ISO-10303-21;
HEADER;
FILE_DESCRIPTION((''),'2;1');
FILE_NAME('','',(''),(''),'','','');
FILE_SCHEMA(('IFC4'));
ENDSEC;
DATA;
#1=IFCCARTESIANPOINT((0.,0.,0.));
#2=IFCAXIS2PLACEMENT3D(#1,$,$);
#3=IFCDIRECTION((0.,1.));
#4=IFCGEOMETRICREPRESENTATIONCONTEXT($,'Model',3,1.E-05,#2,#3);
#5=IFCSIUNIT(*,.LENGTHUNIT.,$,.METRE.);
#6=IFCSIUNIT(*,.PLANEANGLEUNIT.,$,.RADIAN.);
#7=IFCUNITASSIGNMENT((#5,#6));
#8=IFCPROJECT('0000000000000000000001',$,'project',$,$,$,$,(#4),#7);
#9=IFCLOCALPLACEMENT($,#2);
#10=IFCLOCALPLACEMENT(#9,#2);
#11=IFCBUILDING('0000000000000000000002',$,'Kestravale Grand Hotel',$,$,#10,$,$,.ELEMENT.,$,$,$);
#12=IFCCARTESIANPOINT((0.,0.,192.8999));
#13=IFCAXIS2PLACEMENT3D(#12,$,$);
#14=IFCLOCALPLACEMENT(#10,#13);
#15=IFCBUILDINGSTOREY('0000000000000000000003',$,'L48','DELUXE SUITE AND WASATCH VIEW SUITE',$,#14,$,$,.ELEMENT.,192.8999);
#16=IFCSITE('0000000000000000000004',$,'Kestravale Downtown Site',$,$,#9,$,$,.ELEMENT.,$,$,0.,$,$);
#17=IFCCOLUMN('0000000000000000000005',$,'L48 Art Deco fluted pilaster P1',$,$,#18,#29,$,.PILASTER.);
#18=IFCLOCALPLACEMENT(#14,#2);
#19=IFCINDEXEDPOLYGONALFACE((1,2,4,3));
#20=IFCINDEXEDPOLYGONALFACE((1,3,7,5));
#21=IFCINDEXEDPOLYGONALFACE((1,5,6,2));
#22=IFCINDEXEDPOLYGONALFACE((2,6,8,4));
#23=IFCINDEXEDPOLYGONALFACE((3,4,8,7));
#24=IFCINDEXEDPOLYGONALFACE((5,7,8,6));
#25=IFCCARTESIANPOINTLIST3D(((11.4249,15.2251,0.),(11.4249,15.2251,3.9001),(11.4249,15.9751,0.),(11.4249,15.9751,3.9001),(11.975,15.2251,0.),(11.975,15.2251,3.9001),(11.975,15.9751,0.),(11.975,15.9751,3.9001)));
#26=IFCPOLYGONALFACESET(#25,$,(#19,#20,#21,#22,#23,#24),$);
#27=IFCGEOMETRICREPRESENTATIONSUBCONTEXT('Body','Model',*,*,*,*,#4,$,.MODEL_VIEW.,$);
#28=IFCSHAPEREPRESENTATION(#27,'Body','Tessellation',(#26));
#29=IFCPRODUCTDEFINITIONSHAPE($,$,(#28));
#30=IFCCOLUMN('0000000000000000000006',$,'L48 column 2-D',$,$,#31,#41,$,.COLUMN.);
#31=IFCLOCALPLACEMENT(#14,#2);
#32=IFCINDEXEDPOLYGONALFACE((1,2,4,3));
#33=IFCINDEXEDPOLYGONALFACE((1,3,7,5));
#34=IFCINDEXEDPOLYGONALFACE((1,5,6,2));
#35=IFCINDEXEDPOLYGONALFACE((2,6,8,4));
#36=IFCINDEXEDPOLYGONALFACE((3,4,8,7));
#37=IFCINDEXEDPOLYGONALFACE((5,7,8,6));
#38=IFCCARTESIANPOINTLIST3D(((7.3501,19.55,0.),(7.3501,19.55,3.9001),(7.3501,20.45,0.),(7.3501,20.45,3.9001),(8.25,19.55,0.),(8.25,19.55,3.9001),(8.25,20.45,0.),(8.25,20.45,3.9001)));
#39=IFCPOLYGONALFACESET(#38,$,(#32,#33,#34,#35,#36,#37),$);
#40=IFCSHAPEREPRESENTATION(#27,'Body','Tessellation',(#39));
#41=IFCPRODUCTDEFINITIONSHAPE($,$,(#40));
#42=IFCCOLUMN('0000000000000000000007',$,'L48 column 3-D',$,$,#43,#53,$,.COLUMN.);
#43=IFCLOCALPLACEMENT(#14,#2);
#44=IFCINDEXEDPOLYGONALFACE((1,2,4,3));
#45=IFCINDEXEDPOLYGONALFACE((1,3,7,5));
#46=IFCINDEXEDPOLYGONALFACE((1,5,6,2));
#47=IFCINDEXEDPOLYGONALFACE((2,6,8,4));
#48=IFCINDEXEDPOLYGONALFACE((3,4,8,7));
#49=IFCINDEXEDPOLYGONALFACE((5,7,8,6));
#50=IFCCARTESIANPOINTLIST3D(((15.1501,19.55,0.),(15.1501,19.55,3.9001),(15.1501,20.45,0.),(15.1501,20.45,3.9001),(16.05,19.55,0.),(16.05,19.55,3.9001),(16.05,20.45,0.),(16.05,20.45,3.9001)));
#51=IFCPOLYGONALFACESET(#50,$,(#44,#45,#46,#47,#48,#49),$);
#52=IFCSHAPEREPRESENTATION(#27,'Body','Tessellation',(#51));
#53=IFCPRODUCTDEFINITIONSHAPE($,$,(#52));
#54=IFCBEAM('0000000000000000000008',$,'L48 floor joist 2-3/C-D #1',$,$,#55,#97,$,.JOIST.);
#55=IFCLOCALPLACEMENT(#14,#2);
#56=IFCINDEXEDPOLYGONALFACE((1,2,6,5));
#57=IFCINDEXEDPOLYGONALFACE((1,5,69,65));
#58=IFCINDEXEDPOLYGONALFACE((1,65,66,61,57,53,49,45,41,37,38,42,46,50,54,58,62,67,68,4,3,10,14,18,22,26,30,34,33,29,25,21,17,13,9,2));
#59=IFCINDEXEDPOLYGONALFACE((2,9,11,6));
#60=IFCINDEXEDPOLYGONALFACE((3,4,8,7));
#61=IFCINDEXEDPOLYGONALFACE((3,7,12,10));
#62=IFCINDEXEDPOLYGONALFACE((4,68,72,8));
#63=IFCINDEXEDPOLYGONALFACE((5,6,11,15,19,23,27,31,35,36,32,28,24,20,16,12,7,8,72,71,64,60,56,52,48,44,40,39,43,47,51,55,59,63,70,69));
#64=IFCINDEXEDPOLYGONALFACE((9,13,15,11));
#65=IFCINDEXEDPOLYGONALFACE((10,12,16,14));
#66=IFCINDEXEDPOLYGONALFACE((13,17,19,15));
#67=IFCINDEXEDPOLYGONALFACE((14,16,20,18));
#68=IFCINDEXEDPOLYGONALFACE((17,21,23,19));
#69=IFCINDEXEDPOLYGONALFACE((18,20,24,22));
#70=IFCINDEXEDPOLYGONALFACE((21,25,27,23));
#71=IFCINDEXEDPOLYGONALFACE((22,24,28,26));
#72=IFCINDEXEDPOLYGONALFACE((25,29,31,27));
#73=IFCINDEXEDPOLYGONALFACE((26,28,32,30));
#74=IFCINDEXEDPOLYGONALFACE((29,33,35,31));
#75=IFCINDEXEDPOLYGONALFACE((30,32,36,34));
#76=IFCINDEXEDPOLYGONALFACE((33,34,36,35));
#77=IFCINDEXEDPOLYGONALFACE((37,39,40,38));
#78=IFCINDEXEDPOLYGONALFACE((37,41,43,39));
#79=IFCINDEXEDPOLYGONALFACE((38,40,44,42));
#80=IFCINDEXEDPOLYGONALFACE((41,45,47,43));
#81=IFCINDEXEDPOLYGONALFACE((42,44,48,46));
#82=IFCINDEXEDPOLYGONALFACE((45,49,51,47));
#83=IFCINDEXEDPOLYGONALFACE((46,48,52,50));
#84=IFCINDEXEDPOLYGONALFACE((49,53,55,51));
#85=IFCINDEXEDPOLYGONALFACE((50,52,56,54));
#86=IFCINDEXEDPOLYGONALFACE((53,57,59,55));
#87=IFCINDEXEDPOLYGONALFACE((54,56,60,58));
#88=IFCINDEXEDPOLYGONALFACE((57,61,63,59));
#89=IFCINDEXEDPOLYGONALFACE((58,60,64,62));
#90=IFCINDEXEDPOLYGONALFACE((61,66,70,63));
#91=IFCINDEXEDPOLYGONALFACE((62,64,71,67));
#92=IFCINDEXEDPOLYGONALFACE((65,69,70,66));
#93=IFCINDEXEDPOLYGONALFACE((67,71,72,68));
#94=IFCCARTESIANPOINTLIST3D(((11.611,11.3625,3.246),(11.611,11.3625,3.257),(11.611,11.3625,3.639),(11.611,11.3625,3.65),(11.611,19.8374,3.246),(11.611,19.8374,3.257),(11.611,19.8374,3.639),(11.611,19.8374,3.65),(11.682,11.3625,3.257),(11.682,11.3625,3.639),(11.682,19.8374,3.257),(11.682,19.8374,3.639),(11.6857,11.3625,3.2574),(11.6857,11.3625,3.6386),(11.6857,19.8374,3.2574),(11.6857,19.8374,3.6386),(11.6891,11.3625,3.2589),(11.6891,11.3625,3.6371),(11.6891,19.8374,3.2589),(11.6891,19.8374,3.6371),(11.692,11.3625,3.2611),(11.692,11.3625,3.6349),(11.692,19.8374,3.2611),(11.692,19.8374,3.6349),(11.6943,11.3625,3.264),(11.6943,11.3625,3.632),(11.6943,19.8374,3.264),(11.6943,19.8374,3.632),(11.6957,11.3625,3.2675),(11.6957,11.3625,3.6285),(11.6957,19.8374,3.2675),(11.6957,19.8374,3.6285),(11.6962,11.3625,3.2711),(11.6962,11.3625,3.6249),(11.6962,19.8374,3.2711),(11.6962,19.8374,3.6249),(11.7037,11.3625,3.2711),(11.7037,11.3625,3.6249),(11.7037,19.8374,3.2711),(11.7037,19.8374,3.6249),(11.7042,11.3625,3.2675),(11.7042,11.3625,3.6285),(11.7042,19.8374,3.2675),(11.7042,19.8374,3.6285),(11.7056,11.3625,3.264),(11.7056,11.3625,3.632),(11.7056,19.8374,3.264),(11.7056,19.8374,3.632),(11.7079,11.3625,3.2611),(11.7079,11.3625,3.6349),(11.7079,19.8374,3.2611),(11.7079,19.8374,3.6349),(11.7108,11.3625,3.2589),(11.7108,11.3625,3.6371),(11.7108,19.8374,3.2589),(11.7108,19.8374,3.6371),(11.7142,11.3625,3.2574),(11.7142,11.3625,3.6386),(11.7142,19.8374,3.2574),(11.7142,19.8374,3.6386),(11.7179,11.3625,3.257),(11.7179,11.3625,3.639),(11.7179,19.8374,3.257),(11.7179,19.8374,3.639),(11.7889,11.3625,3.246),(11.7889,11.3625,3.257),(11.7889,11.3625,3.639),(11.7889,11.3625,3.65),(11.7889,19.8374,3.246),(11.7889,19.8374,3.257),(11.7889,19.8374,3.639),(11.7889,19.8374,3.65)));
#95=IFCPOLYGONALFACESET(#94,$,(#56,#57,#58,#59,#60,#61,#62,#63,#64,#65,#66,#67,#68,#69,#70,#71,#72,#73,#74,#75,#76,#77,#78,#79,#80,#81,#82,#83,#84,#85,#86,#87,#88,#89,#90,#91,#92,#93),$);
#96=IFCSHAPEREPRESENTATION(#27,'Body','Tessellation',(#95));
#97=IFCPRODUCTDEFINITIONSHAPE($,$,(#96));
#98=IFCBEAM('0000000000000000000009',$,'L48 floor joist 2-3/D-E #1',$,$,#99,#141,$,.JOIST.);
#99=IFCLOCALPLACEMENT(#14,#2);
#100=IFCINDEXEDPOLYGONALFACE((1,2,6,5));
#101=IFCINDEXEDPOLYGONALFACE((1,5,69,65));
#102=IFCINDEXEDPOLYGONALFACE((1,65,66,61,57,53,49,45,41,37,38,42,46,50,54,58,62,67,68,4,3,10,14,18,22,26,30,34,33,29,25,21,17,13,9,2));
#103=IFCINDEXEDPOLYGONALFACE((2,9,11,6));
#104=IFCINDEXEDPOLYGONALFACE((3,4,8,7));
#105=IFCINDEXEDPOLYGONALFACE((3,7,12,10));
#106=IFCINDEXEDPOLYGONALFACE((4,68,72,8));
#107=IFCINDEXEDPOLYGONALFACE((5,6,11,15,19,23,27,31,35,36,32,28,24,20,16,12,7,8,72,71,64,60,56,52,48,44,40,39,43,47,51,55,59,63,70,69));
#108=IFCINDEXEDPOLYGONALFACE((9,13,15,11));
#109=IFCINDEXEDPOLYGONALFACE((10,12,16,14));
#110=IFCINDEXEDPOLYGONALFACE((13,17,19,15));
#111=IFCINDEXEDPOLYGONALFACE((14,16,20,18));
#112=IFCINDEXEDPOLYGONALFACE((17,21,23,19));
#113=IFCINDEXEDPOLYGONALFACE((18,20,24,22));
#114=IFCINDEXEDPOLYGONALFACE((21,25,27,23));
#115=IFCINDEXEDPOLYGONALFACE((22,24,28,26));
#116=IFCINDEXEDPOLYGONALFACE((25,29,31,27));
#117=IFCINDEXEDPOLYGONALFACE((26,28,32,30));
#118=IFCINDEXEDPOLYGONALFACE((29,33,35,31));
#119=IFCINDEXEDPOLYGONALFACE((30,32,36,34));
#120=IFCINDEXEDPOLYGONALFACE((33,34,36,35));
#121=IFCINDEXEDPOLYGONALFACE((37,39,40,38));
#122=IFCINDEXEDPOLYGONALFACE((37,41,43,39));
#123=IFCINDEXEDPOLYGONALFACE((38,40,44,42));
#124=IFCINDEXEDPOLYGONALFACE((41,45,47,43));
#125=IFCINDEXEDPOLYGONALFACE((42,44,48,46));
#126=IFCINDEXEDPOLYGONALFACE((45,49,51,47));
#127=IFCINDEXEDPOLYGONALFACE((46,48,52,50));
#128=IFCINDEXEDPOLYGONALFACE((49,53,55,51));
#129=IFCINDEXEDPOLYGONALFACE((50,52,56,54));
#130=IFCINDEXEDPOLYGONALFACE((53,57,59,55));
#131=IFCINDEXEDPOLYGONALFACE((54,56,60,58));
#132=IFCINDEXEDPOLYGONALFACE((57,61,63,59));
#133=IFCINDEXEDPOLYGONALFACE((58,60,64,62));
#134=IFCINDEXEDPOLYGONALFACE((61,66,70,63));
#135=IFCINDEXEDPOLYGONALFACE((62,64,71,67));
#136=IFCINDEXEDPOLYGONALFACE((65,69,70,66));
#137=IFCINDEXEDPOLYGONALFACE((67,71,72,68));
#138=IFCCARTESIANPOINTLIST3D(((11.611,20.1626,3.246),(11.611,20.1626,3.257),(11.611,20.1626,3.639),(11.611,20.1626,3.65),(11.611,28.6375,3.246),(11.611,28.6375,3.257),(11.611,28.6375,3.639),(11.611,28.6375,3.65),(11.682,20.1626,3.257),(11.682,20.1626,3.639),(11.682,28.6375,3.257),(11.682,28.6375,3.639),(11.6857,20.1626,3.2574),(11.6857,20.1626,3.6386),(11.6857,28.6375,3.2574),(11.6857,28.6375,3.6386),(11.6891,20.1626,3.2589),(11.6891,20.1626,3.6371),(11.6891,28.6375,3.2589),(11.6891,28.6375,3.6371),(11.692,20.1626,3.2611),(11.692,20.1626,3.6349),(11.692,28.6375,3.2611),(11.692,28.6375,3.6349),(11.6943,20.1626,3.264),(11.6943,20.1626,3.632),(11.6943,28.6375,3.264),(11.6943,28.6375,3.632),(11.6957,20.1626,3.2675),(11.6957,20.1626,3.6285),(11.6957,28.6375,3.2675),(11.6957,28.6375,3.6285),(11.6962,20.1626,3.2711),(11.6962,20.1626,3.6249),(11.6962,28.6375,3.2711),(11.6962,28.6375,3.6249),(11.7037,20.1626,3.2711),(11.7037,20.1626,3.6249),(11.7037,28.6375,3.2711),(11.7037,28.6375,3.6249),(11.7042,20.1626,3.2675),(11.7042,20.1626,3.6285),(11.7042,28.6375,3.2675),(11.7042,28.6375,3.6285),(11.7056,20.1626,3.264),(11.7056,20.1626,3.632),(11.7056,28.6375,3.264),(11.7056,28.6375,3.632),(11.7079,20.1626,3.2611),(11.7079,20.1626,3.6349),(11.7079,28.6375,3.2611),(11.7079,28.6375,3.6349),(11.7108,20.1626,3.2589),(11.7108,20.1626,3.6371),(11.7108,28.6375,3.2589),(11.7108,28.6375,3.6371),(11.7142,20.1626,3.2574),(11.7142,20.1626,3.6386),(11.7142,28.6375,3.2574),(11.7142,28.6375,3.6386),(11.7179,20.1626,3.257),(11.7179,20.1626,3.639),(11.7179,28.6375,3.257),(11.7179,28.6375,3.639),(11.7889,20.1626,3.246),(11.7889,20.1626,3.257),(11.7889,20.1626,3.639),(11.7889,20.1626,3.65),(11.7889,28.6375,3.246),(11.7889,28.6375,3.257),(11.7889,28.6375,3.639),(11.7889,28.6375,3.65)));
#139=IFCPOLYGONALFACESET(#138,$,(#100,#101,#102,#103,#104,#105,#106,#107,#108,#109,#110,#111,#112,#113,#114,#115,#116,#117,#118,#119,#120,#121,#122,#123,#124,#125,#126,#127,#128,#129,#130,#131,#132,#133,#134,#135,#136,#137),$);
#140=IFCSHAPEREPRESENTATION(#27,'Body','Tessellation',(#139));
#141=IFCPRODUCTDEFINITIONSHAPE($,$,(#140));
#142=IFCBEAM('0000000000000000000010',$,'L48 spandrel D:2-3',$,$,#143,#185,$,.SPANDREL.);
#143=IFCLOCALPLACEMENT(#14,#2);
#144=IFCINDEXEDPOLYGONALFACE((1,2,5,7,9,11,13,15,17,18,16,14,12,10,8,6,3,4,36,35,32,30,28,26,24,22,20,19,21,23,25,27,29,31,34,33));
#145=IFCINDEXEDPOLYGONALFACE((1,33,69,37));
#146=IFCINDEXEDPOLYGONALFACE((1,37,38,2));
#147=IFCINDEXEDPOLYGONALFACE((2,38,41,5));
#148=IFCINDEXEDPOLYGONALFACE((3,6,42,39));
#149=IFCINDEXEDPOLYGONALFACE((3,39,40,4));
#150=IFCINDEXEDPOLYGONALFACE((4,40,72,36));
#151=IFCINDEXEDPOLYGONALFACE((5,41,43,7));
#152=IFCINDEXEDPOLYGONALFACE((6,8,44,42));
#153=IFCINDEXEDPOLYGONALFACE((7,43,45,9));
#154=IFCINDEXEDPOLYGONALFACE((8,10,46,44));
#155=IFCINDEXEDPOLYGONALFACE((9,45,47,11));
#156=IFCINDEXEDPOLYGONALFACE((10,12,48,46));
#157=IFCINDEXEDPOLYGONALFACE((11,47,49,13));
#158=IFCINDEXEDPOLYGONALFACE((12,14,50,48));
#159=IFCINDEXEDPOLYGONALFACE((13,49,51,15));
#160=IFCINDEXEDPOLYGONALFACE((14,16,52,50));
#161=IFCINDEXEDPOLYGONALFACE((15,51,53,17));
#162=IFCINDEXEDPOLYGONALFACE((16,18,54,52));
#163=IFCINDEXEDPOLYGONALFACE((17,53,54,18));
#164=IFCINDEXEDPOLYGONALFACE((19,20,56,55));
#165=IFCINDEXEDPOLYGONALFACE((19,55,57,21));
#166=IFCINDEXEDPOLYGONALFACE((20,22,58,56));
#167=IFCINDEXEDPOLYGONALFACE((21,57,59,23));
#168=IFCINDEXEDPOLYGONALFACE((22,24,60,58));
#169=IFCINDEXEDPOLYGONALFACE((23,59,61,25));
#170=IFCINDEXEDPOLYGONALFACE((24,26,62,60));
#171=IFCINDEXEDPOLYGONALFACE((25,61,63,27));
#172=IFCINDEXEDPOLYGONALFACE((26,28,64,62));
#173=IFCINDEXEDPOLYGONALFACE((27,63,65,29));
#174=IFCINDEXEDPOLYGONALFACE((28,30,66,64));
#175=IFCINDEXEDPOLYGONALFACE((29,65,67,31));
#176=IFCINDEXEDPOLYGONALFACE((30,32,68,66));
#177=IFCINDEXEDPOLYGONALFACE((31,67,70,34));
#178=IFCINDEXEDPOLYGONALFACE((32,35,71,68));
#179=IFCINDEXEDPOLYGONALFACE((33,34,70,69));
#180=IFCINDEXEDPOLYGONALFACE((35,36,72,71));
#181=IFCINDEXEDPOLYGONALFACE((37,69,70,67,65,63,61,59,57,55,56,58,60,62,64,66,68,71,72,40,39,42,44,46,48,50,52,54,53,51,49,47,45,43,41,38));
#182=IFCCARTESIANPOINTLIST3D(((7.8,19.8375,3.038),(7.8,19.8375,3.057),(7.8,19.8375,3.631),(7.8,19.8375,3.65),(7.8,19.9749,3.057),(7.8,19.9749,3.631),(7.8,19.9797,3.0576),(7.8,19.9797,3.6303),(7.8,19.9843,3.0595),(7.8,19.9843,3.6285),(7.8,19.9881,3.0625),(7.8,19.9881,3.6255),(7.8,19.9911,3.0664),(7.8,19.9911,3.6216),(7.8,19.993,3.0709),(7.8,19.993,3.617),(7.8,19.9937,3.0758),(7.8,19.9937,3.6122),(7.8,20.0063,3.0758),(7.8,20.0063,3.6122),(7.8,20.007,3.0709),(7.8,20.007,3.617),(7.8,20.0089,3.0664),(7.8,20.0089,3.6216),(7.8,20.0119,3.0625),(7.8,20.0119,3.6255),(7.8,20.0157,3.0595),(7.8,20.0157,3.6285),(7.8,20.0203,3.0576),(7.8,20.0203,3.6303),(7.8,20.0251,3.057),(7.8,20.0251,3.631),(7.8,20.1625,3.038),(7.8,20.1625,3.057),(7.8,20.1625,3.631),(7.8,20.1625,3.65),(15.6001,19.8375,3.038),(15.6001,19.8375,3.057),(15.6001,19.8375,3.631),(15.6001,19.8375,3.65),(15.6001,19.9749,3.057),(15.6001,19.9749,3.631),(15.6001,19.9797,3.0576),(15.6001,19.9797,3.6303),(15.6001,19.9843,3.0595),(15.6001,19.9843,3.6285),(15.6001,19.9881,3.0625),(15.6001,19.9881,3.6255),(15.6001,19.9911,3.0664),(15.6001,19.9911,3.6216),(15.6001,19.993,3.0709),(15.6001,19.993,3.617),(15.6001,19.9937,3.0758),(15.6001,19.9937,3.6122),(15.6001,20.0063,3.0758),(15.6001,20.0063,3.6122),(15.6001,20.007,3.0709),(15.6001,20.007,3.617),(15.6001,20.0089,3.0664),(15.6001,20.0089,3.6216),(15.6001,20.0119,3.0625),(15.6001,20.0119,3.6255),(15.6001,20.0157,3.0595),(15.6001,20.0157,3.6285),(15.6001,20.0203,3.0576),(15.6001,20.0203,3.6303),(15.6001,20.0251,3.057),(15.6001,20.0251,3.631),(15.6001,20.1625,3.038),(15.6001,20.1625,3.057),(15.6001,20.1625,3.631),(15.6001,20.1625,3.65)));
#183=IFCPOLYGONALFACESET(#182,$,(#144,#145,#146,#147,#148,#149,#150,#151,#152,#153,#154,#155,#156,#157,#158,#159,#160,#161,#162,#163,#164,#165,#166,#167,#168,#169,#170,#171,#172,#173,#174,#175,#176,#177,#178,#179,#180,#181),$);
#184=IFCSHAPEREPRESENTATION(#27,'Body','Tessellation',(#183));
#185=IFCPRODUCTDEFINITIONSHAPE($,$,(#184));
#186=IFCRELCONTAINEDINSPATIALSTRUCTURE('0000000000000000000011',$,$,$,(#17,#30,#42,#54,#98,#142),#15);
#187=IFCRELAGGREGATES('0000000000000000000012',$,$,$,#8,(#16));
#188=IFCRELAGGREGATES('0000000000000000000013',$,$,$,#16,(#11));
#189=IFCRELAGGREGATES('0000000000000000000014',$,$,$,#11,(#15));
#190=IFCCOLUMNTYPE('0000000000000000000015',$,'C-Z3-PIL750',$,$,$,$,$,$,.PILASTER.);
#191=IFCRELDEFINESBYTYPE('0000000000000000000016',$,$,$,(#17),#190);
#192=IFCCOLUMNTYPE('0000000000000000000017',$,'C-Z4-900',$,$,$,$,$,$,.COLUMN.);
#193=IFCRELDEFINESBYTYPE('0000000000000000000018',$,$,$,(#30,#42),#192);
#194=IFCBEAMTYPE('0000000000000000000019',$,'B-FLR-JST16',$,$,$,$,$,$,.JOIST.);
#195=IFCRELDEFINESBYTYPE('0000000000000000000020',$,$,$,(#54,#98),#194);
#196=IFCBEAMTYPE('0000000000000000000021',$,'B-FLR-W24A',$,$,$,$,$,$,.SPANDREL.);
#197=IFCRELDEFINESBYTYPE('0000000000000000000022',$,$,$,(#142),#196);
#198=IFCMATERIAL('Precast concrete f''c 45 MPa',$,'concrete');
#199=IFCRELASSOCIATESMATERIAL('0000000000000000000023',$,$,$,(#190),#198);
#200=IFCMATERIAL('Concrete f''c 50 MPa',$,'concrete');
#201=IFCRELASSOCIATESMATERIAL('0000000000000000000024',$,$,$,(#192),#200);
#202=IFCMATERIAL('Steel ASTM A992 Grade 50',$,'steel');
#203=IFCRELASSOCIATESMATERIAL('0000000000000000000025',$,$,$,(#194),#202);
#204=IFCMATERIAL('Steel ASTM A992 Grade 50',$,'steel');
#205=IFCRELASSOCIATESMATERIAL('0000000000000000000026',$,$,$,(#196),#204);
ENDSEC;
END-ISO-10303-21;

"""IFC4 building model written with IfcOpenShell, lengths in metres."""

from ifc_helpers import new_model, si_unit, direction, frame, origin, origin_2d, place, context, subcontext, project, spatial, rectangle, i_section, extrude, material, material_profile, profile_set, type_object, element, save


model = new_model("IFC4")

# Units and contexts
model_context = context("Model", 3, precision=1e-05, world=origin(), true_north=direction((0.0, 1.0)))
body_context = subcontext(model_context, "Body", "Model", "MODEL_VIEW")
ifc_project = project(units=[si_unit("LENGTHUNIT", "METRE"), si_unit("PLANEANGLEUNIT", "RADIAN")], contexts=[model_context])

# Site, building, storey
site_placement = place(None, origin())
site = spatial("IfcSite", under=ifc_project, at=site_placement, Name="Kestravale Downtown Site", CompositionType="ELEMENT", RefElevation=0.0)
building_placement = place(site_placement, origin())
building = spatial("IfcBuilding", under=site, at=building_placement, Name="Kestravale Grand Hotel", CompositionType="ELEMENT")
storey_placement = place(building_placement, frame((0.0, 0.0, 192.8999)))
storey = spatial("IfcBuildingStorey", under=building, at=storey_placement, Name="L48", Description="DELUXE SUITE AND WASATCH VIEW SUITE", CompositionType="ELEMENT", Elevation=192.8999)

# Columns
ifc_material_1 = material(Name="Precast concrete f'c 45 MPa", Category="concrete")
ifc_material_profile_1 = material_profile(ifc_material_1, rectangle(XDim=0.55, YDim=0.75, at=origin_2d()))
ifc_profile_set_1 = profile_set([ifc_material_profile_1], Name="Precast concrete f'c 45 MPa")
column_type_1 = type_object("IfcColumnType", Name="C-Z3-PIL750", PredefinedType="PILASTER", material=ifc_profile_set_1)
column_placement = place(storey_placement, frame((11.7, 15.6001, 0.0), z_axis=(0.0, 0.0, 1.0), x_axis=(1.0, 0.0, 0.0)))
element("IfcColumn", 1, at=column_placement, inside=storey, type_object=column_type_1, Name="L48 Art Deco fluted pilaster P1", PredefinedType="PILASTER", context=body_context, shape_type="SweptSolid", body=[
    extrude(rectangle(XDim=0.55, YDim=0.75, at=origin_2d()), origin(), (0.0, 0.0, 1.0), 3.9001),
])
ifc_material_2 = material(Name="Concrete f'c 50 MPa", Category="concrete")
ifc_material_profile_2 = material_profile(ifc_material_2, rectangle(XDim=0.8999, YDim=0.8999, at=origin_2d()))
ifc_profile_set_2 = profile_set([ifc_material_profile_2], Name="Concrete f'c 50 MPa")
column_type_2 = type_object("IfcColumnType", Name="C-Z4-900", PredefinedType="COLUMN", material=ifc_profile_set_2)
for number, where, z_axis, x_axis, name in (
    (2, (7.8, 20.0, 0.0), (0.0, 0.0, 1.0), (1.0, 0.0, 0.0), "L48 column 2-D"),
    (3, (15.6001, 20.0, 0.0), (0.0, 0.0, 1.0), (1.0, 0.0, 0.0), "L48 column 3-D"),
):
    element("IfcColumn", number, at=place(storey_placement, frame(where, z_axis=z_axis, x_axis=x_axis)), inside=storey, type_object=column_type_2, Name=name, PredefinedType="COLUMN", context=body_context, shape_type="SweptSolid", body=[
        extrude(rectangle(XDim=0.8999, YDim=0.8999, at=origin_2d()), origin(), (0.0, 0.0, 1.0), 3.9001),
    ])

# Beams
ifc_material_3 = material(Name="Steel ASTM A992 Grade 50", Category="steel")
ifc_material_profile_3 = material_profile(ifc_material_3, i_section(OverallWidth=0.178, OverallDepth=0.4041, WebThickness=0.0076, FlangeThickness=0.011, FilletRadius=0.0142, at=origin_2d()))
ifc_profile_set_3 = profile_set([ifc_material_profile_3], Name="Steel ASTM A992 Grade 50")
beam_type_1 = type_object("IfcBeamType", Name="B-FLR-JST16", PredefinedType="JOIST", material=ifc_profile_set_3)
for number, where, z_axis, x_axis, name in (
    (4, (11.7, 11.3625, 3.448), (0.0, 1.0, 0.0), (-1.0, 0.0, 0.0), "L48 floor joist 2-3/C-D #1"),
    (5, (11.7, 20.1626, 3.448), (0.0, 1.0, 0.0), (-1.0, 0.0, 0.0), "L48 floor joist 2-3/D-E #1"),
):
    element("IfcBeam", number, at=place(storey_placement, frame(where, z_axis=z_axis, x_axis=x_axis)), inside=storey, type_object=beam_type_1, Name=name, PredefinedType="JOIST", context=body_context, shape_type="SweptSolid", body=[
        extrude(i_section(OverallWidth=0.178, OverallDepth=0.4041, WebThickness=0.0076, FlangeThickness=0.011, FilletRadius=0.0142, at=origin_2d()), origin(), (0.0, 0.0, 1.0), 8.4749),
    ])
ifc_material_4 = material(Name="Steel ASTM A992 Grade 50", Category="steel")
ifc_material_profile_4 = material_profile(ifc_material_4, i_section(OverallWidth=0.325, OverallDepth=0.6121, WebThickness=0.0127, FlangeThickness=0.019, FilletRadius=0.0188, at=origin_2d()))
ifc_profile_set_4 = profile_set([ifc_material_profile_4], Name="Steel ASTM A992 Grade 50")
beam_type_2 = type_object("IfcBeamType", Name="B-FLR-W24A", PredefinedType="SPANDREL", material=ifc_profile_set_4)
beam_1_placement = place(storey_placement, frame((7.8, 20.0, 3.344), z_axis=(1.0, 0.0, 0.0), x_axis=(0.0, 1.0, 0.0)))
element("IfcBeam", 6, at=beam_1_placement, inside=storey, type_object=beam_type_2, Name="L48 spandrel D:2-3", PredefinedType="SPANDREL", context=body_context, shape_type="SweptSolid", body=[
    extrude(i_section(OverallWidth=0.325, OverallDepth=0.6121, WebThickness=0.0127, FlangeThickness=0.019, FilletRadius=0.0188, at=origin_2d()), origin(), (0.0, 0.0, 1.0), 7.8),
])

save(model, "model.ifc")
